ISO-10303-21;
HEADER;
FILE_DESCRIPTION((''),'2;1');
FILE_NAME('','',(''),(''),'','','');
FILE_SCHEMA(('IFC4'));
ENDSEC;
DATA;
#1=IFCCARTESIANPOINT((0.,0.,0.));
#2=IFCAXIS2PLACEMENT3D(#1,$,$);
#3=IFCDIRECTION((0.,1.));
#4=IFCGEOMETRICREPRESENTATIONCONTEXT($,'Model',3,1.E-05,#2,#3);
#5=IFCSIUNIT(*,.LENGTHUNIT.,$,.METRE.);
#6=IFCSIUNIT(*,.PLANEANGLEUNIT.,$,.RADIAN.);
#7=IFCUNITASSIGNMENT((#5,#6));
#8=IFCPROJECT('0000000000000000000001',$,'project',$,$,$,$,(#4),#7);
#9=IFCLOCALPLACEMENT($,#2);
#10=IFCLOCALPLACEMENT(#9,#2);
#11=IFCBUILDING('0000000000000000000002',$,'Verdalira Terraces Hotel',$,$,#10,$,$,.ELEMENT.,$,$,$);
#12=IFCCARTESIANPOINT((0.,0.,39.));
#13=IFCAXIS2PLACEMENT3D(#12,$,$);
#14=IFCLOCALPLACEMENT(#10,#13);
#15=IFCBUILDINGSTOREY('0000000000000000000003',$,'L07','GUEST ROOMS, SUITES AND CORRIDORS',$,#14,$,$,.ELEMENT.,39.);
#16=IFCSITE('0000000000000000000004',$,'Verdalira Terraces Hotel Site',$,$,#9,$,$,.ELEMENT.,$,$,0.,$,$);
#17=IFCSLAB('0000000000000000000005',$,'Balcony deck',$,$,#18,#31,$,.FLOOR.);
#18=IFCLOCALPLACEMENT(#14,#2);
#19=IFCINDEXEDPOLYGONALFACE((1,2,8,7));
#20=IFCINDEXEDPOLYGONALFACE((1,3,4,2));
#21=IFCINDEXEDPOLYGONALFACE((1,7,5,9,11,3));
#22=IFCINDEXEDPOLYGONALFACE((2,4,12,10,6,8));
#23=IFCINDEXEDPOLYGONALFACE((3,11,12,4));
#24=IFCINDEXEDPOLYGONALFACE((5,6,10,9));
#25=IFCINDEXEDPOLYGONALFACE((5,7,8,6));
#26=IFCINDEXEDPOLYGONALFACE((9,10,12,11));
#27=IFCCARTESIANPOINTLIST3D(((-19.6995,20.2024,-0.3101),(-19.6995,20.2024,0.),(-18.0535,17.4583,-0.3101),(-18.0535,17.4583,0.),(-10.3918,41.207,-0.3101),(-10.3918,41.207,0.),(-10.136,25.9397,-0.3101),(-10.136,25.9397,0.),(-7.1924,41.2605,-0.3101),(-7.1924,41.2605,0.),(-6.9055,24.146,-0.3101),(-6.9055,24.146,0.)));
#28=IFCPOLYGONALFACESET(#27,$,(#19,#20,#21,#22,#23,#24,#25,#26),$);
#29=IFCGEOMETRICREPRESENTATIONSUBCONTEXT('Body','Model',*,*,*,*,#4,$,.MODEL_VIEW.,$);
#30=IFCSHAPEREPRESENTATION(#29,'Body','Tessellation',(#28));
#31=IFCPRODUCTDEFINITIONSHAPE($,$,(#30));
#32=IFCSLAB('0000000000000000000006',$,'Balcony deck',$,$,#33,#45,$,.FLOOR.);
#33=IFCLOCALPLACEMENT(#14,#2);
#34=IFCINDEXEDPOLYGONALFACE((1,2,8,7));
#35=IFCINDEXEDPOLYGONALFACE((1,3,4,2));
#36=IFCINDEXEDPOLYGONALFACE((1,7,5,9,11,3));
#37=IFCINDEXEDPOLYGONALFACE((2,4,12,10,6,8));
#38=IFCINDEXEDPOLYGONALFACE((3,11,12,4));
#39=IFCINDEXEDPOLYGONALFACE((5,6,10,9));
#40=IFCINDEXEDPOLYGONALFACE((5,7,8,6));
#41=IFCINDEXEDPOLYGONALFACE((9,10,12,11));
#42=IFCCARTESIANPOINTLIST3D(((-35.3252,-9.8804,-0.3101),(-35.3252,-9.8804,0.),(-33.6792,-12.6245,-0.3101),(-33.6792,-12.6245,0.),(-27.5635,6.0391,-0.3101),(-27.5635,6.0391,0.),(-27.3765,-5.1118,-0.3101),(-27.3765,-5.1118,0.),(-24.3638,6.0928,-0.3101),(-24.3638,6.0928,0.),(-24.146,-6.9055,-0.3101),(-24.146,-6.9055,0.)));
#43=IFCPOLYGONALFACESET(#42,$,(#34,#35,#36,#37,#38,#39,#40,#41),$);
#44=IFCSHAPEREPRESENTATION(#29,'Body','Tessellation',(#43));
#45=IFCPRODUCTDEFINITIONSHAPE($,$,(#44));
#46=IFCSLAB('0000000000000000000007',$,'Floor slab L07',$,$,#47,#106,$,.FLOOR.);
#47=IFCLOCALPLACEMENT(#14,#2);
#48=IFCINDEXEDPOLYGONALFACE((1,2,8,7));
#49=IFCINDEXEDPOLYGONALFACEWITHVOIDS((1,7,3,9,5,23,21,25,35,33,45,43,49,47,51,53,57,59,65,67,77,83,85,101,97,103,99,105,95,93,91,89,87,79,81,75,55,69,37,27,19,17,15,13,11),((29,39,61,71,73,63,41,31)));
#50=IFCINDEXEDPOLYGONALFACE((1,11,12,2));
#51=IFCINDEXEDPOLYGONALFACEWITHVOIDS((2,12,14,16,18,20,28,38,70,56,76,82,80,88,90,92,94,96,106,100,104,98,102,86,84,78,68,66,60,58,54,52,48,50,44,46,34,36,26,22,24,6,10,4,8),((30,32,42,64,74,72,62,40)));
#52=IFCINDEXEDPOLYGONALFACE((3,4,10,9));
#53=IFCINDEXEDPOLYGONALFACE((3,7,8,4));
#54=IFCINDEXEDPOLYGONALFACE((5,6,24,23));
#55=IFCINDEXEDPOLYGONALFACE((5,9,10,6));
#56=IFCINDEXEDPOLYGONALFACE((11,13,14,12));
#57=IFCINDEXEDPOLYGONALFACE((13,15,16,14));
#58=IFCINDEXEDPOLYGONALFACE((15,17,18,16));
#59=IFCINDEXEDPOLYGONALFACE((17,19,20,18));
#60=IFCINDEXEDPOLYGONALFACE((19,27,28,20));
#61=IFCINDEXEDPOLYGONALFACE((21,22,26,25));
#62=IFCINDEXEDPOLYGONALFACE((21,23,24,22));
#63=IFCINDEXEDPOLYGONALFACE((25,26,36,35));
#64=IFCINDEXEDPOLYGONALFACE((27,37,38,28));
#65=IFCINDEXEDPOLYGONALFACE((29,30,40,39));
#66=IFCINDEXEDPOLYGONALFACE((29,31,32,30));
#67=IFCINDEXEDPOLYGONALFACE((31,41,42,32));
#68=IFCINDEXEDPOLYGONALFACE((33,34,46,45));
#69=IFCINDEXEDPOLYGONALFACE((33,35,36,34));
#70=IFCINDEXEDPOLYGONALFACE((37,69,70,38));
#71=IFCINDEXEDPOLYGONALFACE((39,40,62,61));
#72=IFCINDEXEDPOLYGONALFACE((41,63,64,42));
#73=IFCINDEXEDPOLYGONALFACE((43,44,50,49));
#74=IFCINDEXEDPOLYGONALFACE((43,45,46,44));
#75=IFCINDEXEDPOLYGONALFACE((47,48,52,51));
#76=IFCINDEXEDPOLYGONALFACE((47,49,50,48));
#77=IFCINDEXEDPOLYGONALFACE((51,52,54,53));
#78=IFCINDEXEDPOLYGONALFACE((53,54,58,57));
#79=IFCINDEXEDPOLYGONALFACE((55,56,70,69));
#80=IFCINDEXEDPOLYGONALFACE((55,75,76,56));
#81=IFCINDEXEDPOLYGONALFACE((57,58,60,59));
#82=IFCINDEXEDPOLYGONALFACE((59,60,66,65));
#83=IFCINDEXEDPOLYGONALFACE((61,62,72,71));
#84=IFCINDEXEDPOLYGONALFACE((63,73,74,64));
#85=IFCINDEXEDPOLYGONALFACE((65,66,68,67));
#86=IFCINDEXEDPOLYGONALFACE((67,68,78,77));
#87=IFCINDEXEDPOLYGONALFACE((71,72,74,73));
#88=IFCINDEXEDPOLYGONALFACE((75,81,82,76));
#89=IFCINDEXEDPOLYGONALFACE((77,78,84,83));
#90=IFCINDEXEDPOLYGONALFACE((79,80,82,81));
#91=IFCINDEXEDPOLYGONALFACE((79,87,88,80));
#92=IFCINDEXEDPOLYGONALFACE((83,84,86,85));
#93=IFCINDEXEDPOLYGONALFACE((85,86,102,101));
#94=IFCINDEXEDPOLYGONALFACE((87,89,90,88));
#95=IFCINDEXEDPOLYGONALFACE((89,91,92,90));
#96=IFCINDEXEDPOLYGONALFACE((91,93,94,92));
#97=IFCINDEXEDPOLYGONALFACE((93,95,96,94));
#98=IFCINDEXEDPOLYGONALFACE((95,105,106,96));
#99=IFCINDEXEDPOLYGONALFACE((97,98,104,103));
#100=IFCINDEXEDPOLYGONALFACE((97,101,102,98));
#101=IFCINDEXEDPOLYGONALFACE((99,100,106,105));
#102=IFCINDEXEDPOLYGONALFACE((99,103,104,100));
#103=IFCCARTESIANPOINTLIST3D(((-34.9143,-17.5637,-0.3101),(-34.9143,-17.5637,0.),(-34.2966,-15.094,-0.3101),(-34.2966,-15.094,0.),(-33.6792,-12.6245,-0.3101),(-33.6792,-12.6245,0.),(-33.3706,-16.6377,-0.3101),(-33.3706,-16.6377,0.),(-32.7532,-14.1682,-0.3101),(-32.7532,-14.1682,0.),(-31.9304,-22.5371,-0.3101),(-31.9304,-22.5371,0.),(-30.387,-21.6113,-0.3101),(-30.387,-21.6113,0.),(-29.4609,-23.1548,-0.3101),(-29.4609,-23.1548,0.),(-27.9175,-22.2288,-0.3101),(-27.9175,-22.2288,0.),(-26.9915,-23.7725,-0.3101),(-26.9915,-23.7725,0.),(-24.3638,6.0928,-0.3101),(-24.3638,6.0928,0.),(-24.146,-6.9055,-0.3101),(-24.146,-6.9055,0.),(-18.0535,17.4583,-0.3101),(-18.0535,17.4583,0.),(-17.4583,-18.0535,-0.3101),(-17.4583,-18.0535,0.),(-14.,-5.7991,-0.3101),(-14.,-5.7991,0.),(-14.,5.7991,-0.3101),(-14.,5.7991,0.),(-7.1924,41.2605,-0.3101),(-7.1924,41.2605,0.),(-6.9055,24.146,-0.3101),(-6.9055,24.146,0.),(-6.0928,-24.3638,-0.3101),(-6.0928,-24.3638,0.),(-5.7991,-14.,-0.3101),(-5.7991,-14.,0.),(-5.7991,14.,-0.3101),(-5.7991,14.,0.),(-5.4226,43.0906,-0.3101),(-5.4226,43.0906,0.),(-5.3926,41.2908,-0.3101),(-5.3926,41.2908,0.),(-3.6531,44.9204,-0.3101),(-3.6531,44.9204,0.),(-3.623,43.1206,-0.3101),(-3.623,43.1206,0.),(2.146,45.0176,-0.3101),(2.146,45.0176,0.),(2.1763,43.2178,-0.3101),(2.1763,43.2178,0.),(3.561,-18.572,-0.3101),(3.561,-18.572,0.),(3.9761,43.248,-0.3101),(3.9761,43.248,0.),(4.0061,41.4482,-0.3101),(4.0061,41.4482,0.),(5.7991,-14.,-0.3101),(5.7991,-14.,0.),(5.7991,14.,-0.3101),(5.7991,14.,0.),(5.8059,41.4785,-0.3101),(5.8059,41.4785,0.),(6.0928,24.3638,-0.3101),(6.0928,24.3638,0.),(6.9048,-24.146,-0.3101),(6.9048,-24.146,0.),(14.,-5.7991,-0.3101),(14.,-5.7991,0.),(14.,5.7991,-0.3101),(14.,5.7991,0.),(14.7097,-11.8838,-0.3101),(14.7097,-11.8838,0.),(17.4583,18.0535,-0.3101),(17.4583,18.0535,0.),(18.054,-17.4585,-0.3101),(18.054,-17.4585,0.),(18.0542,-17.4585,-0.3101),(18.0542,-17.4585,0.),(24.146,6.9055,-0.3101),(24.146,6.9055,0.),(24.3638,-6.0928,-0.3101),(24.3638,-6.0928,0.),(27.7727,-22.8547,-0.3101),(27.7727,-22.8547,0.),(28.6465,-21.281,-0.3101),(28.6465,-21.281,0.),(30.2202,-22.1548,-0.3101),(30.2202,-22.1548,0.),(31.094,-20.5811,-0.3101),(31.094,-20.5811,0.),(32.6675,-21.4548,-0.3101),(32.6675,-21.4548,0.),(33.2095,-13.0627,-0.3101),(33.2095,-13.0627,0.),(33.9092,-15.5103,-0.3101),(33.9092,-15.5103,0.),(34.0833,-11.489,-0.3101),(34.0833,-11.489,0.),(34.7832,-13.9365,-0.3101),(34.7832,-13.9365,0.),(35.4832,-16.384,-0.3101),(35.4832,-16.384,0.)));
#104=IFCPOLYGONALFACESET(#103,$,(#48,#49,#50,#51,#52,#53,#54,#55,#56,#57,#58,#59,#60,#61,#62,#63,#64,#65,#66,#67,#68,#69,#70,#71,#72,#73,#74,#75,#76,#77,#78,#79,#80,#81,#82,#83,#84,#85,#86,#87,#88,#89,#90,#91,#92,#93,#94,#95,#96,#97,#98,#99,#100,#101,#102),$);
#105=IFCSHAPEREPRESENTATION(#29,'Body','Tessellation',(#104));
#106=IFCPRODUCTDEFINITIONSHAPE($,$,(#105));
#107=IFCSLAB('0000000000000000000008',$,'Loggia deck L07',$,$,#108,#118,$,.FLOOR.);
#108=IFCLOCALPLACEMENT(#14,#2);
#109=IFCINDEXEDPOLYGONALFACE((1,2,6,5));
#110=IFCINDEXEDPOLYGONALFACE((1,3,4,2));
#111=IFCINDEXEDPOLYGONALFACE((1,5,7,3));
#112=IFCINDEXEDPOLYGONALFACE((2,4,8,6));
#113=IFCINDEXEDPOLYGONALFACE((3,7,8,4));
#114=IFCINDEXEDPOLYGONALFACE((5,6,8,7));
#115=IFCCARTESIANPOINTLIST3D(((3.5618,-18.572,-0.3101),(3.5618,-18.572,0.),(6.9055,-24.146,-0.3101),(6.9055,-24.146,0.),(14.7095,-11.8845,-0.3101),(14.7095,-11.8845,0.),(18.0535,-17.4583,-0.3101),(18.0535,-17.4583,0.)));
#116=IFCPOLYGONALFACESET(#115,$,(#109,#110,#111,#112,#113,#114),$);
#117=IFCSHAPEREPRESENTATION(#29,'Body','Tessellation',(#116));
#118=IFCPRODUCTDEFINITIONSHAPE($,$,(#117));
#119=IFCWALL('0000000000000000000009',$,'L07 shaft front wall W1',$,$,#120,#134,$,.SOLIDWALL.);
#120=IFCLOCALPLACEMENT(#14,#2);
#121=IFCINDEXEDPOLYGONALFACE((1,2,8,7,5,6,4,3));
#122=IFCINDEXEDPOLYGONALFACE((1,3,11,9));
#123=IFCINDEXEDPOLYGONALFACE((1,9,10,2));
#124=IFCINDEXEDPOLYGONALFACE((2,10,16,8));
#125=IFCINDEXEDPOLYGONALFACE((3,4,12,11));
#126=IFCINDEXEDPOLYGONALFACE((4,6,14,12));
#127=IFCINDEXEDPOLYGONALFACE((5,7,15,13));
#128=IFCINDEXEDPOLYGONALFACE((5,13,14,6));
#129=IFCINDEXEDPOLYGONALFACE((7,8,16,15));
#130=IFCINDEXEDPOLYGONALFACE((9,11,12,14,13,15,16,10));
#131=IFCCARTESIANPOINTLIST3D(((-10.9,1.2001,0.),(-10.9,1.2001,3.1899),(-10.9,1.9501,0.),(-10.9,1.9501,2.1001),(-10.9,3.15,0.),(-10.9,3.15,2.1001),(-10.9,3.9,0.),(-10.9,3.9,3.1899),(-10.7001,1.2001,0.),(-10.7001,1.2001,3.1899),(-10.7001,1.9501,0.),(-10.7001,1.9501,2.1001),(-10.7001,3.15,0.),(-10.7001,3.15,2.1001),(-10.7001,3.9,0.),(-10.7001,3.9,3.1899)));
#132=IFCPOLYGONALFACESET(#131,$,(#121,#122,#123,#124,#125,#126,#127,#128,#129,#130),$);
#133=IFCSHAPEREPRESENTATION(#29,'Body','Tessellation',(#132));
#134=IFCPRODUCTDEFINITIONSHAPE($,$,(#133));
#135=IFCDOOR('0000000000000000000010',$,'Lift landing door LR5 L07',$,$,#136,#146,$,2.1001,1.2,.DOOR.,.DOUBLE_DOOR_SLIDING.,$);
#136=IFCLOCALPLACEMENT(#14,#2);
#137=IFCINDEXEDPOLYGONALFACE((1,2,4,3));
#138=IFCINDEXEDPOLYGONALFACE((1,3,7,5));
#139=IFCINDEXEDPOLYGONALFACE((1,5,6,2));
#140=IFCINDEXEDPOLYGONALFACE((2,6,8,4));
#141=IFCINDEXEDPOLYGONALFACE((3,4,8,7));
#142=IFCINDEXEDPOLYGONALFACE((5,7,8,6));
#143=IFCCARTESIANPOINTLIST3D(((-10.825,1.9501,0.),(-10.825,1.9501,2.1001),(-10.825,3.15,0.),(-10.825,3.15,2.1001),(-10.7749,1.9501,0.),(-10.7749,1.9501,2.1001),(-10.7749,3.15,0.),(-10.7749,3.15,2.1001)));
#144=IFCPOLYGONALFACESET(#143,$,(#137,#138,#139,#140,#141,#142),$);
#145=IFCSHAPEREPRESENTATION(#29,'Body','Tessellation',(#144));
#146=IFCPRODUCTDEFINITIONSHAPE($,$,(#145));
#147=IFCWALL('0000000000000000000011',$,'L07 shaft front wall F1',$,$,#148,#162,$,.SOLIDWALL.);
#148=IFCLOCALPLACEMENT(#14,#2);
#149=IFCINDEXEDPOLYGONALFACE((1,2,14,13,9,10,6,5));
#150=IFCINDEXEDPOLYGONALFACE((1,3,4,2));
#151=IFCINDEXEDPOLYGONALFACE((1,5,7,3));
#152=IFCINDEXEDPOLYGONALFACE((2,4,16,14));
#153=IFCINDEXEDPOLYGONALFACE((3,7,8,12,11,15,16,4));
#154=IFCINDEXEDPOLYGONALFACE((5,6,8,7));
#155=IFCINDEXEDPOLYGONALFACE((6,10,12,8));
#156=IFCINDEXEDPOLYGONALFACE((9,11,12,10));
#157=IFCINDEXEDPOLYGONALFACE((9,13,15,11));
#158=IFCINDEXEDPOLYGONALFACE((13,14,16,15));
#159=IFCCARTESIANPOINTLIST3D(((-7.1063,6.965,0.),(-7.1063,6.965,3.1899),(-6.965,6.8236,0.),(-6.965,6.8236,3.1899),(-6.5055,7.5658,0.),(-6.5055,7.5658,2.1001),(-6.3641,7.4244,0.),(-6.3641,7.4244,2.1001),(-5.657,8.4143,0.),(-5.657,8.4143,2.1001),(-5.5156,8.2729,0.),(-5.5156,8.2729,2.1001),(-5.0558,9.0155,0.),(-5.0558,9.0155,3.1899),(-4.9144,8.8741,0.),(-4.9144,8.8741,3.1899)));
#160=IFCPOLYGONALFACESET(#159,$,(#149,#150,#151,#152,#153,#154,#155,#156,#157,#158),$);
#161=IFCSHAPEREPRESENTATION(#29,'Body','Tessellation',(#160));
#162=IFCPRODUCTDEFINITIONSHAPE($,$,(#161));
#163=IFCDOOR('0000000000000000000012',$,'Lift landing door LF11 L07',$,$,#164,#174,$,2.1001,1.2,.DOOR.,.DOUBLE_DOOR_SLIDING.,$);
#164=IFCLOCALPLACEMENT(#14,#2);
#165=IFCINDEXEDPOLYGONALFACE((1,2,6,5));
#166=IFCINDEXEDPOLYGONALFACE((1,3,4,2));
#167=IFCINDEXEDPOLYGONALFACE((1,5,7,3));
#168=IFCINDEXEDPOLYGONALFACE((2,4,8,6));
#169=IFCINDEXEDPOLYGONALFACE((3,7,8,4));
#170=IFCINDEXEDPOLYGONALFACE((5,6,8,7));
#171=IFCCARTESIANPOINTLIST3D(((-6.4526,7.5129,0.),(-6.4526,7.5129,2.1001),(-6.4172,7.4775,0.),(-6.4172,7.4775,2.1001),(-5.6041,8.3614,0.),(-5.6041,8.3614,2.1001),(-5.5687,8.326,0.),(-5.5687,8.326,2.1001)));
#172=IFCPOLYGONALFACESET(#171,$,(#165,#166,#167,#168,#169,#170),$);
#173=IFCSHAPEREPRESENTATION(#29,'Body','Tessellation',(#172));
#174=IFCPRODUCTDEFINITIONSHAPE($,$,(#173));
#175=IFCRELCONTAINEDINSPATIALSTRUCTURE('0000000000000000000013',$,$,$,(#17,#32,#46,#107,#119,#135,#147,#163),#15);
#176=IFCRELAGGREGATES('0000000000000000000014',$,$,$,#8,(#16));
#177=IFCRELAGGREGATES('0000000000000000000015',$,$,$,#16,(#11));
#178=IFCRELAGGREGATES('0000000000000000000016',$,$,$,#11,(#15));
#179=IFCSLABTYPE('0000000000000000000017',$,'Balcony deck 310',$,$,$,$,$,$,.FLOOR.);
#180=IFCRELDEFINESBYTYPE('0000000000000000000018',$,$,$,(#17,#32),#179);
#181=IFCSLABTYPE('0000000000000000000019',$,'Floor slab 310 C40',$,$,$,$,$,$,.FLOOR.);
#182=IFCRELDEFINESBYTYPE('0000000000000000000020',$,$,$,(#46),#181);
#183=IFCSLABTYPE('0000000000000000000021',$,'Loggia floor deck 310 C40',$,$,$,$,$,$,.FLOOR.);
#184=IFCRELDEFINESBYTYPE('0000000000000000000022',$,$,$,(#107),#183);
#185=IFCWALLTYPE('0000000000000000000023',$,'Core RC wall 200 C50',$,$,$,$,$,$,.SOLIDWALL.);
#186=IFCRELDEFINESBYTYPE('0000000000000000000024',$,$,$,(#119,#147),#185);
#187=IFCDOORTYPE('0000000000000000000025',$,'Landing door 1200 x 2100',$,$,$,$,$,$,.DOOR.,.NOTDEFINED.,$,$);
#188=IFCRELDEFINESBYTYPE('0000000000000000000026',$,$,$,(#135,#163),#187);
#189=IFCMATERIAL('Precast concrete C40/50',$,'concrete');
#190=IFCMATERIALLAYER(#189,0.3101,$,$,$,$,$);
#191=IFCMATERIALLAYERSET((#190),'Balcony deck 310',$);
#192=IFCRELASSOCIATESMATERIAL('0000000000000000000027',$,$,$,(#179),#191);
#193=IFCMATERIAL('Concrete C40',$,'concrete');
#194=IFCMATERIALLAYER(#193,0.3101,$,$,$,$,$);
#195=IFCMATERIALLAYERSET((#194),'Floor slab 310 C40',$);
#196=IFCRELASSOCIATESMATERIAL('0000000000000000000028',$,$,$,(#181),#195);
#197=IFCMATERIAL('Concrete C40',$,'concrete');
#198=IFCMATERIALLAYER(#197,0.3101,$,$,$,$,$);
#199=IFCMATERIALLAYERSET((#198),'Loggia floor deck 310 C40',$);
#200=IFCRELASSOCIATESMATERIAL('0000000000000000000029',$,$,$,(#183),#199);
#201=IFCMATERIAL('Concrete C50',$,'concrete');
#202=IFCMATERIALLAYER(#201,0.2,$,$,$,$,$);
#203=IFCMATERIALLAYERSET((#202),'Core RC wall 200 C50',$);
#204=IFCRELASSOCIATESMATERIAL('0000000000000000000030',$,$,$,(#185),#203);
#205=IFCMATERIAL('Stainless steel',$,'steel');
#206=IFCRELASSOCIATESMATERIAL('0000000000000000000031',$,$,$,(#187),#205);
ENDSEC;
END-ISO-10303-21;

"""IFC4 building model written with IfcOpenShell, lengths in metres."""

from ifc_helpers import new_model, si_unit, direction, frame, frame_2d, origin, place, context, subcontext, project, spatial, polyline, rectangle, outline, extrude, material, layer, layer_set, type_object, element, fill, save


model = new_model("IFC4")

# Units and contexts
model_context = context("Model", 3, precision=1e-05, world=origin(), true_north=direction((0.0, 1.0)))
body_context = subcontext(model_context, "Body", "Model", "MODEL_VIEW")
ifc_project = project(units=[si_unit("LENGTHUNIT", "METRE"), si_unit("PLANEANGLEUNIT", "RADIAN")], contexts=[model_context])

# Site, building, storey
site_placement = place(None, origin())
site = spatial("IfcSite", under=ifc_project, at=site_placement, Name="Verdalira Terraces Hotel Site", CompositionType="ELEMENT", RefElevation=0.0)
building_placement = place(site_placement, origin())
building = spatial("IfcBuilding", under=site, at=building_placement, Name="Verdalira Terraces Hotel", CompositionType="ELEMENT")
storey_placement = place(building_placement, frame((0.0, 0.0, 39.0)))
storey = spatial("IfcBuildingStorey", under=building, at=storey_placement, Name="L07", Description="GUEST ROOMS, SUITES AND CORRIDORS", CompositionType="ELEMENT", Elevation=39.0)

# Slabs
ifc_material_1 = material(Name="Precast concrete C40/50", Category="concrete")
ifc_layer_1 = layer(ifc_material_1, 0.3101)
ifc_layer_set_1 = layer_set([ifc_layer_1], Name="Balcony deck 310")
slab_type_1 = type_object("IfcSlabType", Name="Balcony deck 310", PredefinedType="FLOOR", material=ifc_layer_set_1)
slab_1_placement = place(storey_placement, frame((0.0, 0.0, -0.3101)))
element("IfcSlab", 1, at=slab_1_placement, inside=storey, type_object=slab_type_1, Name="Balcony deck", PredefinedType="FLOOR", context=body_context, shape_type="SweptSolid", body=[
    extrude(outline(polyline([(-10.136, 25.9397), (-19.6995, 20.2024), (-18.0535, 17.4583), (-6.9055, 24.146), (-7.1924, 41.2605), (-10.3918, 41.207), (-10.136, 25.9397)])), origin(), (0.0, 0.0, 1.0), 0.3101),
])
slab_2_placement = place(storey_placement, frame((0.0, 0.0, -0.3101)))
element("IfcSlab", 2, at=slab_2_placement, inside=storey, type_object=slab_type_1, Name="Balcony deck", PredefinedType="FLOOR", context=body_context, shape_type="SweptSolid", body=[
    extrude(outline(polyline([(-27.3765, -5.1118), (-35.3252, -9.8804), (-33.6792, -12.6245), (-24.146, -6.9055), (-24.3638, 6.0928), (-27.5635, 6.0391), (-27.3765, -5.1118)])), origin(), (0.0, 0.0, 1.0), 0.3101),
])
ifc_material_2 = material(Name="Concrete C40", Category="concrete")
ifc_layer_2 = layer(ifc_material_2, 0.3101)
ifc_layer_set_2 = layer_set([ifc_layer_2], Name="Floor slab 310 C40")
slab_type_2 = type_object("IfcSlabType", Name="Floor slab 310 C40", PredefinedType="FLOOR", material=ifc_layer_set_2)
slab_3_placement = place(storey_placement, frame((0.0, 0.0, -0.3101)))
element("IfcSlab", 3, at=slab_3_placement, inside=storey, type_object=slab_type_2, Name="Floor slab L07", PredefinedType="FLOOR", context=body_context, shape_type="SweptSolid", body=[
    extrude(outline(polyline([(-17.4583, -18.0535), (-6.0928, -24.3638), (6.9048, -24.146), (3.561, -18.572), (14.7097, -11.8838), (18.0542, -17.4585), (18.054, -17.4585), (27.7727, -22.8547), (28.6465, -21.281), (30.2202, -22.1548), (31.094, -20.5811), (32.6675, -21.4548), (35.4832, -16.384), (33.9092, -15.5103), (34.7832, -13.9365), (33.2095, -13.0627), (34.0833, -11.489), (24.3638, -6.0928), (24.146, 6.9055), (17.4583, 18.0535), (6.0928, 24.3638), (5.8059, 41.4785), (4.0061, 41.4482), (3.9761, 43.248), (2.1763, 43.2178), (2.146, 45.0176), (-3.6531, 44.9204), (-3.623, 43.1206), (-5.4226, 43.0906), (-5.3926, 41.2908), (-7.1924, 41.2605), (-6.9055, 24.146), (-18.0535, 17.4583), (-24.3638, 6.0928), (-24.146, -6.9055), (-33.6792, -12.6245), (-32.7532, -14.1682), (-34.2966, -15.094), (-33.3706, -16.6377), (-34.9143, -17.5637), (-31.9304, -22.5371), (-30.387, -21.6113), (-29.4609, -23.1548), (-27.9175, -22.2288), (-26.9915, -23.7725), (-17.4583, -18.0535)]), holes=[polyline([(5.7991, 14.0), (14.0, 5.7991), (14.0, -5.7991), (5.7991, -14.0), (-5.7991, -14.0), (-14.0, -5.7991), (-14.0, 5.7991), (-5.7991, 14.0), (5.7991, 14.0)])]), origin(), (0.0, 0.0, 1.0), 0.3101),
])
ifc_material_3 = material(Name="Concrete C40", Category="concrete")
ifc_layer_3 = layer(ifc_material_3, 0.3101)
ifc_layer_set_3 = layer_set([ifc_layer_3], Name="Loggia floor deck 310 C40")
slab_type_3 = type_object("IfcSlabType", Name="Loggia floor deck 310 C40", PredefinedType="FLOOR", material=ifc_layer_set_3)
slab_4_placement = place(storey_placement, frame((0.0, 0.0, -0.3101)))
element("IfcSlab", 4, at=slab_4_placement, inside=storey, type_object=slab_type_3, Name="Loggia deck L07", PredefinedType="FLOOR", context=body_context, shape_type="SweptSolid", body=[
    extrude(outline(polyline([(3.5618, -18.572), (6.9055, -24.146), (18.0535, -17.4583), (14.7095, -11.8845), (3.5618, -18.572)])), origin(), (0.0, 0.0, 1.0), 0.3101),
])

# Walls, openings, doors
ifc_material_4 = material(Name="Concrete C50", Category="concrete")
ifc_layer_4 = layer(ifc_material_4, 0.2)
ifc_layer_set_4 = layer_set([ifc_layer_4], Name="Core RC wall 200 C50")
wall_type_1 = type_object("IfcWallType", Name="Core RC wall 200 C50", PredefinedType="SOLIDWALL", material=ifc_layer_set_4)
wall_1_placement = place(storey_placement, frame((-10.8, 1.2, 0.0), z_axis=(0.0, 0.0, 1.0), x_axis=(0.0, 1.0, 0.0)))
wall_1 = element("IfcWall", 5, at=wall_1_placement, inside=storey, type_object=wall_type_1, Name="L07 shaft front wall W1", PredefinedType="SOLIDWALL", context=body_context, shape_type="SweptSolid", body=[
    extrude(rectangle(XDim=2.7, YDim=0.2, at=frame_2d((1.3501, 0.0))), origin(), (0.0, 0.0, 1.0), 3.1899),
])
opening_1_placement = place(wall_1_placement, frame((0.75, 0.0, 0.0)))
opening_1 = element("IfcOpeningElement", 6, at=opening_1_placement, cuts=wall_1, PredefinedType="OPENING", context=body_context, shape_type="SweptSolid", body=[
    extrude(rectangle(XDim=1.2, YDim=2.1001, at=frame_2d((0.6001, 1.05))), frame((0.0, 0.1099, 0.0), z_axis=(0.0, -1.0, 0.0), x_axis=(1.0, 0.0, 0.0)), (0.0, 0.0, 1.0), 0.22),
])
ifc_material_5 = material(Name="Stainless steel", Category="steel")
door_type_1 = type_object("IfcDoorType", Name="Landing door 1200 x 2100", OperationType="NOTDEFINED", PredefinedType="DOOR", material=ifc_material_5)
door_1_placement = place(opening_1_placement, origin())
door_1 = element("IfcDoor", 7, at=door_1_placement, inside=storey, type_object=door_type_1, Name="Lift landing door LR5 L07", OperationType="DOUBLE_DOOR_SLIDING", OverallHeight=2.1001, OverallWidth=1.2, PredefinedType="DOOR", context=body_context, shape_type="SweptSolid", body=[
    extrude(rectangle(XDim=1.2, YDim=2.1001, at=frame_2d((0.6001, 1.05))), frame((0.0, 0.0249, 0.0), z_axis=(0.0, -1.0, 0.0), x_axis=(1.0, 0.0, 0.0)), (0.0, 0.0, 1.0), 0.05),
])
fill(opening_1, door_1)
wall_2_placement = place(storey_placement, frame((-4.9851, 8.9448, 0.0), z_axis=(0.0, 0.0, 1.0), x_axis=(-0.707107, -0.707107, 0.0)))
wall_2 = element("IfcWall", 8, at=wall_2_placement, inside=storey, type_object=wall_type_1, Name="L07 shaft front wall F1", PredefinedType="SOLIDWALL", context=body_context, shape_type="SweptSolid", body=[
    extrude(rectangle(XDim=2.8999, YDim=0.2, at=frame_2d((1.45, 0.0))), origin(), (0.0, 0.0, 1.0), 3.1899),
])
opening_2_placement = place(wall_2_placement, frame((0.8501, 0.0, 0.0)))
opening_2 = element("IfcOpeningElement", 9, at=opening_2_placement, cuts=wall_2, PredefinedType="OPENING", context=body_context, shape_type="SweptSolid", body=[
    extrude(rectangle(XDim=1.2, YDim=2.1001, at=frame_2d((0.6001, 1.05))), frame((0.0, 0.1099, 0.0), z_axis=(0.0, -1.0, 0.0), x_axis=(1.0, 0.0, 0.0)), (0.0, 0.0, 1.0), 0.22),
])
door_2_placement = place(opening_2_placement, origin())
door_2 = element("IfcDoor", 10, at=door_2_placement, inside=storey, type_object=door_type_1, Name="Lift landing door LF11 L07", OperationType="DOUBLE_DOOR_SLIDING", OverallHeight=2.1001, OverallWidth=1.2, PredefinedType="DOOR", context=body_context, shape_type="SweptSolid", body=[
    extrude(rectangle(XDim=1.2, YDim=2.1001, at=frame_2d((0.6001, 1.05))), frame((0.0, 0.0249, 0.0), z_axis=(0.0, -1.0, 0.0), x_axis=(1.0, 0.0, 0.0)), (0.0, 0.0, 1.0), 0.05),
])
fill(opening_2, door_2)

save(model, "model.ifc")
